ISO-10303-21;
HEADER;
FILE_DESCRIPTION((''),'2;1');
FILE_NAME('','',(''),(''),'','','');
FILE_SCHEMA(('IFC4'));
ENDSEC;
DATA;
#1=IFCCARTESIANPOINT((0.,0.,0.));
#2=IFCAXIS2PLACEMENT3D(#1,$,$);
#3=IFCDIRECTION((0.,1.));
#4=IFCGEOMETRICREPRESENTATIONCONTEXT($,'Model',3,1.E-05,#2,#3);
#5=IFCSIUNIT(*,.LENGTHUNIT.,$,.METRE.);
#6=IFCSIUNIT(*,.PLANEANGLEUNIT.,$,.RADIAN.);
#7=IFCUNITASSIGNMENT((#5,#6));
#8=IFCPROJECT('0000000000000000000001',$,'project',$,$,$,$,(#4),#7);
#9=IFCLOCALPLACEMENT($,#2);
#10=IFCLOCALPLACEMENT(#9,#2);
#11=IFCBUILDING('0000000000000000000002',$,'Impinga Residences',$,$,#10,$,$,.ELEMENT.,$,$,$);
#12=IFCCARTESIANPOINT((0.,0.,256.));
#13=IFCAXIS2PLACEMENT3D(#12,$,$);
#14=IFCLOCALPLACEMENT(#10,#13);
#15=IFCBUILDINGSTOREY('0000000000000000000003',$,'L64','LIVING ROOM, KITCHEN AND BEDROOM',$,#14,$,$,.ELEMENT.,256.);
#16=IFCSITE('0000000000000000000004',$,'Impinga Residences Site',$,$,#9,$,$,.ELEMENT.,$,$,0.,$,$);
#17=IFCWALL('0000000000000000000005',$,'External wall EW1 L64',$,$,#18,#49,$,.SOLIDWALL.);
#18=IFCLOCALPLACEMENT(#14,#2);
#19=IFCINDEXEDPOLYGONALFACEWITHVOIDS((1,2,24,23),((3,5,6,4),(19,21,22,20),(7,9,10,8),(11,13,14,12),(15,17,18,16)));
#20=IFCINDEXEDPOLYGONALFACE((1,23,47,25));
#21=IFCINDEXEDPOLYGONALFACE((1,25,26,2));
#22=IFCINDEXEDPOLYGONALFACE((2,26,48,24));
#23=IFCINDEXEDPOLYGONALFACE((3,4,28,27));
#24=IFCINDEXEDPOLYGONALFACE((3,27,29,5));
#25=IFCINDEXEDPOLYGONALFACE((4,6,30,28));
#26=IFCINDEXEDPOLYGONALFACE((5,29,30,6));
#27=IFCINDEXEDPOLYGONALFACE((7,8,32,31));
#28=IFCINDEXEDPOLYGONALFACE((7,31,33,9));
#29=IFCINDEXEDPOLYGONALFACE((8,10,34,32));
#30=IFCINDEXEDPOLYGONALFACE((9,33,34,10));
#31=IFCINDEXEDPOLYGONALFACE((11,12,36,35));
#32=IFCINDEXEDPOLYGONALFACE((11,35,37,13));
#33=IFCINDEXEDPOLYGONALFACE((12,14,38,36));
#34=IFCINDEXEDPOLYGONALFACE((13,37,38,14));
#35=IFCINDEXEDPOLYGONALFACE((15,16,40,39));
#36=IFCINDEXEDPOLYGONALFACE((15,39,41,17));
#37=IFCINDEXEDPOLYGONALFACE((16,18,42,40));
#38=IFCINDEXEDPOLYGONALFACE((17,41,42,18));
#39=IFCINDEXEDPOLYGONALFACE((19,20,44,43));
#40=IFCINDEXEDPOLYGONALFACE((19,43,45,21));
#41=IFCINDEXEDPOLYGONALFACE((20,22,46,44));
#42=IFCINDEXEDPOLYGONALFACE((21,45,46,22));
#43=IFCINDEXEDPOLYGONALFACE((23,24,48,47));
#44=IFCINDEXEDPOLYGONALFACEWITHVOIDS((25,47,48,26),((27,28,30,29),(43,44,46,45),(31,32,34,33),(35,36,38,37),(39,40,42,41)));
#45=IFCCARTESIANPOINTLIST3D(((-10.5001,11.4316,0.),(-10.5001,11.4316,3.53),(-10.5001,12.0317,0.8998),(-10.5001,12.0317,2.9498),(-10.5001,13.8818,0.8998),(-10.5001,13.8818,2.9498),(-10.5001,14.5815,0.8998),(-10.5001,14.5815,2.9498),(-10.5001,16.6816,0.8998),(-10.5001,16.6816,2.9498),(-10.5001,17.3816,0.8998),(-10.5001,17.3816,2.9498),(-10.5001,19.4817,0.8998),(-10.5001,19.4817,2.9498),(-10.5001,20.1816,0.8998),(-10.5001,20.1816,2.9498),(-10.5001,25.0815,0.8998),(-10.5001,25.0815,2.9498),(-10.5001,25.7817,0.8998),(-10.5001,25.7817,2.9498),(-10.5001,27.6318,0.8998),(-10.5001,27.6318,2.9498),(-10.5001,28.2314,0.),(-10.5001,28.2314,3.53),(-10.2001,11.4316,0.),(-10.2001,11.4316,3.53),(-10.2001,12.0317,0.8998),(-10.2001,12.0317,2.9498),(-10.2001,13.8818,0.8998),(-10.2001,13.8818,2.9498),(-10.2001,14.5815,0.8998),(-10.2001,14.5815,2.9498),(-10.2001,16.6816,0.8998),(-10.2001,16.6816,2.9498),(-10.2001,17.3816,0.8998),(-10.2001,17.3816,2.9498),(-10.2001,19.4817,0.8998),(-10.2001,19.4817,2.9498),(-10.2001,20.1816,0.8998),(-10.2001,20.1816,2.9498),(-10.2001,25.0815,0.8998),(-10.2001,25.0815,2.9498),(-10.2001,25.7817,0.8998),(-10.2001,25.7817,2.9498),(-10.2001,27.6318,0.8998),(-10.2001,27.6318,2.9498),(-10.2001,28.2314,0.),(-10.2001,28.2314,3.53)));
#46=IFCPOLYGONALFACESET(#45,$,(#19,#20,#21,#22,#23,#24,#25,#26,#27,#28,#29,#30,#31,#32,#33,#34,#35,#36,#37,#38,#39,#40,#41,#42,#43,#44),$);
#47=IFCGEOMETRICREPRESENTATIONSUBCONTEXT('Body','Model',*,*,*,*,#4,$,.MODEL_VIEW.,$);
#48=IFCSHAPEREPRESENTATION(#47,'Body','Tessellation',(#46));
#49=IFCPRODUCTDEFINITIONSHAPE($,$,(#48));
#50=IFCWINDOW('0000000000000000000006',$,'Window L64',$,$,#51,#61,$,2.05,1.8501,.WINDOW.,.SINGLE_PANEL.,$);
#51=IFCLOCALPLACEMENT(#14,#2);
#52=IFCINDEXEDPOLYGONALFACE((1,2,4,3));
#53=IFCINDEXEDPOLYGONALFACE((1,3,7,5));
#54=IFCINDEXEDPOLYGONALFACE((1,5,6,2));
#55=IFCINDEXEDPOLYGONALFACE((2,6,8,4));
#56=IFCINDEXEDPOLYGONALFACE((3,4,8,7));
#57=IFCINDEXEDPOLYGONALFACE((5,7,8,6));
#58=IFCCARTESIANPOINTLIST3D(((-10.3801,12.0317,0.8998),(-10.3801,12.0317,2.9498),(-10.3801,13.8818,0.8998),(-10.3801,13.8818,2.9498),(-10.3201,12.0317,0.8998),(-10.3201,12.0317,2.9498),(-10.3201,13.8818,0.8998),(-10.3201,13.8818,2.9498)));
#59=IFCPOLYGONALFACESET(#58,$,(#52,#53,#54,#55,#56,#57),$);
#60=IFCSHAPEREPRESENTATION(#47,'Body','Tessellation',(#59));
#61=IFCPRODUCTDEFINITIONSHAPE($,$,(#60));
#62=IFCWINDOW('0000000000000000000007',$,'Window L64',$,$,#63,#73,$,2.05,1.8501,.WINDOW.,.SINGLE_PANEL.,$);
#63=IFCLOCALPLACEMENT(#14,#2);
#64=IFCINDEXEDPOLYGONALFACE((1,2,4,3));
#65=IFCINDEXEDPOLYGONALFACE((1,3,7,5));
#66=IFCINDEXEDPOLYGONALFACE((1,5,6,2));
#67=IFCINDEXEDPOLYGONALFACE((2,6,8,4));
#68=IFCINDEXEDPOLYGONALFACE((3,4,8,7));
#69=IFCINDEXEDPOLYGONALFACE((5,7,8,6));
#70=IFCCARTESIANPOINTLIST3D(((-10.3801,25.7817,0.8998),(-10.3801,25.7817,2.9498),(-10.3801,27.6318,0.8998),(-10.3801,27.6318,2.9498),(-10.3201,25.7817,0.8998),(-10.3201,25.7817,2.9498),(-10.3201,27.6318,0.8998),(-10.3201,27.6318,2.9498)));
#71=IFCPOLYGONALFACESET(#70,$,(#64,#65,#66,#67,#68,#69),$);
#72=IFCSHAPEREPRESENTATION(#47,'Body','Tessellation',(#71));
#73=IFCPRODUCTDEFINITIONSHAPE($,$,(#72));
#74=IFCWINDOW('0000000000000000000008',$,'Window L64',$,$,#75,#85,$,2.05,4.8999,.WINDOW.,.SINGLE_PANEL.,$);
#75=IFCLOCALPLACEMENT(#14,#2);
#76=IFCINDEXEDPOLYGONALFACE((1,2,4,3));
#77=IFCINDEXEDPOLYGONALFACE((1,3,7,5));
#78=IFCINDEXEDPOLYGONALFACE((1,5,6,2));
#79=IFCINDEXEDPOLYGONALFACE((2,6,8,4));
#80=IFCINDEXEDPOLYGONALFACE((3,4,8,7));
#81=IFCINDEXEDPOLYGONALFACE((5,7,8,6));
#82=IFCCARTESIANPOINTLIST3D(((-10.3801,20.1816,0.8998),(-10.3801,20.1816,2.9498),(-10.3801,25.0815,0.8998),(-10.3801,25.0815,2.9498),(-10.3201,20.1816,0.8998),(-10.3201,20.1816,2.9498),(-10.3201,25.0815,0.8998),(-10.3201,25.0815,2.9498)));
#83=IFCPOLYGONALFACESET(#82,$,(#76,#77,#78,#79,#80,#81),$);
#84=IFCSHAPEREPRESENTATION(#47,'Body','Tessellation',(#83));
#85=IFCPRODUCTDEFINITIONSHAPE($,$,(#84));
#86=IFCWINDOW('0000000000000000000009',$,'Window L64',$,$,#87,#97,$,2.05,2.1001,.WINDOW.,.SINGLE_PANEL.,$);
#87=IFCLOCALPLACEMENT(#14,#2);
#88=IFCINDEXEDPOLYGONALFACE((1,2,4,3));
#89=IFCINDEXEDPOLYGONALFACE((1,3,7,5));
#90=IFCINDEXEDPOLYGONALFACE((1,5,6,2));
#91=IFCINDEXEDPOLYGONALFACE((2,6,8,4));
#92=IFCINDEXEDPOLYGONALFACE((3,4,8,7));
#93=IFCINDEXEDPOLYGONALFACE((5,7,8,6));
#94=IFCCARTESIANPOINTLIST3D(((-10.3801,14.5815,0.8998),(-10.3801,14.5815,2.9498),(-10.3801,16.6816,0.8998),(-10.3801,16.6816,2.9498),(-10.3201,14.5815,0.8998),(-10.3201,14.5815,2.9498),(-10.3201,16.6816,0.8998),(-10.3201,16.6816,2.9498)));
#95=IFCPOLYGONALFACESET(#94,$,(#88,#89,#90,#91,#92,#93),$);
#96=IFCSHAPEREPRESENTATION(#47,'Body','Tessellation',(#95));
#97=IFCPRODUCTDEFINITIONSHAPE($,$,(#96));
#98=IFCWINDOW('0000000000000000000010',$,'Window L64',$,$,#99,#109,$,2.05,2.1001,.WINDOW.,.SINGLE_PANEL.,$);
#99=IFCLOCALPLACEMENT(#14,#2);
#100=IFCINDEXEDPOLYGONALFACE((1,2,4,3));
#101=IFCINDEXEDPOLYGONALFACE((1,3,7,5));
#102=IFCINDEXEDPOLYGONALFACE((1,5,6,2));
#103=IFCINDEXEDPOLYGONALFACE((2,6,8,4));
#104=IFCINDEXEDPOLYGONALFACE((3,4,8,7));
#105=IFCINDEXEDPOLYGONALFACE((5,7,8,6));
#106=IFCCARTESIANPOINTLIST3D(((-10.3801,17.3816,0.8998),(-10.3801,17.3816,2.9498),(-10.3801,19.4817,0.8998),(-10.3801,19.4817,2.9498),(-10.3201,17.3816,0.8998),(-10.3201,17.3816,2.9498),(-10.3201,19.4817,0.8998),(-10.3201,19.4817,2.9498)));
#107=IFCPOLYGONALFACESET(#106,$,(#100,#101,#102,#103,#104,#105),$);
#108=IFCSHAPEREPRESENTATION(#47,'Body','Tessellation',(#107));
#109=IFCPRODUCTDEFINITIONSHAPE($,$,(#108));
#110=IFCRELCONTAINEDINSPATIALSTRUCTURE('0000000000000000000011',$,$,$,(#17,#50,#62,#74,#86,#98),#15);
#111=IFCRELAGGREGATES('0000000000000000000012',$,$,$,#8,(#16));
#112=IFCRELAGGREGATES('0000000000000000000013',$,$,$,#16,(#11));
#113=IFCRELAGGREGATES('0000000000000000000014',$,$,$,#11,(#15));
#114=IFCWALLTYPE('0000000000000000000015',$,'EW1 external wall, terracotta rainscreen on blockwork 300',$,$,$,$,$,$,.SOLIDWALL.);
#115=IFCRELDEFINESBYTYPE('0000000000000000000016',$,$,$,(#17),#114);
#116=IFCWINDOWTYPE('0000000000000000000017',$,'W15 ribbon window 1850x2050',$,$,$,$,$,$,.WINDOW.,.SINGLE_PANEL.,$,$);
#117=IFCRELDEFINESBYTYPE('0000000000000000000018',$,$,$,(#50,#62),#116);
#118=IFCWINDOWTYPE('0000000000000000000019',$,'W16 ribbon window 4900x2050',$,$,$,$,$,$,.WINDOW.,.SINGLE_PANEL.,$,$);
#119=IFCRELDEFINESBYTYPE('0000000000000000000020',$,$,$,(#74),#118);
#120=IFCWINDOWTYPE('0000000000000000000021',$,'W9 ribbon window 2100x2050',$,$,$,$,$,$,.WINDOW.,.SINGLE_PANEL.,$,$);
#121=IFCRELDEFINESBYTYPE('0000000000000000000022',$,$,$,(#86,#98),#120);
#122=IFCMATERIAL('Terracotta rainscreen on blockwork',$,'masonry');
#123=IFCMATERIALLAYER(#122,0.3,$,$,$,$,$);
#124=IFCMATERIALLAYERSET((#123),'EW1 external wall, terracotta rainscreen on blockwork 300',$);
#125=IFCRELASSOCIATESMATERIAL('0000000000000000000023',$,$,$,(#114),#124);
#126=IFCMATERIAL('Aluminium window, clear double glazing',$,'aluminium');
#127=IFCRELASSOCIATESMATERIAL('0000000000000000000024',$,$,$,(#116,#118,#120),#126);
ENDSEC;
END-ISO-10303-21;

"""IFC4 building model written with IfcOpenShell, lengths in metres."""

from ifc_helpers import new_model, si_unit, direction, frame, frame_2d, origin, place, context, subcontext, project, spatial, rectangle, extrude, material, layer, layer_set, type_object, element, fill, save


model = new_model("IFC4")

# Units and contexts
model_context = context("Model", 3, precision=1e-05, world=origin(), true_north=direction((0.0, 1.0)))
body_context = subcontext(model_context, "Body", "Model", "MODEL_VIEW")
ifc_project = project(units=[si_unit("LENGTHUNIT", "METRE"), si_unit("PLANEANGLEUNIT", "RADIAN")], contexts=[model_context])

# Site, building, storey
site_placement = place(None, origin())
site = spatial("IfcSite", under=ifc_project, at=site_placement, Name="Impinga Residences Site", CompositionType="ELEMENT", RefElevation=0.0)
building_placement = place(site_placement, origin())
building = spatial("IfcBuilding", under=site, at=building_placement, Name="Impinga Residences", CompositionType="ELEMENT")
storey_placement = place(building_placement, frame((0.0, 0.0, 256.0)))
storey = spatial("IfcBuildingStorey", under=building, at=storey_placement, Name="L64", Description="LIVING ROOM, KITCHEN AND BEDROOM", CompositionType="ELEMENT", Elevation=256.0)

# Wall, openings, windows
ifc_material_1 = material(Name="Terracotta rainscreen on blockwork", Category="masonry")
ifc_layer_1 = layer(ifc_material_1, 0.3)
ifc_layer_set_1 = layer_set([ifc_layer_1], Name="EW1 external wall, terracotta rainscreen on blockwork 300")
wall_type_1 = type_object("IfcWallType", Name="EW1 external wall, terracotta rainscreen on blockwork 300", PredefinedType="SOLIDWALL", material=ifc_layer_set_1)
wall_1_placement = place(storey_placement, frame((-10.3501, 11.4316, 0.0), z_axis=(0.0, 0.0, 1.0), x_axis=(0.0, 1.0, 0.0)))
wall_1 = element("IfcWall", 1, at=wall_1_placement, inside=storey, type_object=wall_type_1, Name="External wall EW1 L64", PredefinedType="SOLIDWALL", context=body_context, shape_type="SweptSolid", body=[
    extrude(rectangle(XDim=16.7998, YDim=0.3, at=frame_2d((8.3999, 0.0))), origin(), (0.0, 0.0, 1.0), 3.53),
])
opening_1_placement = place(wall_1_placement, frame((0.6001, 0.0, 0.8999)))
opening_1 = element("IfcOpeningElement", 2, at=opening_1_placement, cuts=wall_1, PredefinedType="OPENING", context=body_context, shape_type="SweptSolid", body=[
    extrude(rectangle(XDim=1.8501, YDim=2.05, at=frame_2d((0.925, 1.0249))), frame((0.0, 0.1599, 0.0), z_axis=(0.0, -1.0, 0.0), x_axis=(1.0, 0.0, 0.0)), (0.0, 0.0, 1.0), 0.3201),
])
opening_2_placement = place(wall_1_placement, frame((3.1499, 0.0, 0.8999)))
opening_2 = element("IfcOpeningElement", 3, at=opening_2_placement, cuts=wall_1, PredefinedType="OPENING", context=body_context, shape_type="SweptSolid", body=[
    extrude(rectangle(XDim=2.1001, YDim=2.05, at=frame_2d((1.05, 1.0249))), frame((0.0, 0.1599, 0.0), z_axis=(0.0, -1.0, 0.0), x_axis=(1.0, 0.0, 0.0)), (0.0, 0.0, 1.0), 0.3201),
])
opening_3_placement = place(wall_1_placement, frame((5.95, 0.0, 0.8999)))
opening_3 = element("IfcOpeningElement", 4, at=opening_3_placement, cuts=wall_1, PredefinedType="OPENING", context=body_context, shape_type="SweptSolid", body=[
    extrude(rectangle(XDim=2.1001, YDim=2.05, at=frame_2d((1.05, 1.0249))), frame((0.0, 0.1599, 0.0), z_axis=(0.0, -1.0, 0.0), x_axis=(1.0, 0.0, 0.0)), (0.0, 0.0, 1.0), 0.3201),
])
opening_4_placement = place(wall_1_placement, frame((8.75, 0.0, 0.8999)))
opening_4 = element("IfcOpeningElement", 5, at=opening_4_placement, cuts=wall_1, PredefinedType="OPENING", context=body_context, shape_type="SweptSolid", body=[
    extrude(rectangle(XDim=4.8999, YDim=2.05, at=frame_2d((2.45, 1.0249))), frame((0.0, 0.1599, 0.0), z_axis=(0.0, -1.0, 0.0), x_axis=(1.0, 0.0, 0.0)), (0.0, 0.0, 1.0), 0.3201),
])
opening_5_placement = place(wall_1_placement, frame((14.3501, 0.0, 0.8999)))
opening_5 = element("IfcOpeningElement", 6, at=opening_5_placement, cuts=wall_1, PredefinedType="OPENING", context=body_context, shape_type="SweptSolid", body=[
    extrude(rectangle(XDim=1.8501, YDim=2.05, at=frame_2d((0.925, 1.0249))), frame((0.0, 0.1599, 0.0), z_axis=(0.0, -1.0, 0.0), x_axis=(1.0, 0.0, 0.0)), (0.0, 0.0, 1.0), 0.3201),
])
ifc_material_2 = material(Name="Aluminium window, clear double glazing", Category="aluminium")
window_type_1 = type_object("IfcWindowType", Name="W15 ribbon window 1850x2050", PartitioningType="SINGLE_PANEL", PredefinedType="WINDOW", material=ifc_material_2)
window_1_placement = place(opening_1_placement, origin())
window_1 = element("IfcWindow", 7, at=window_1_placement, inside=storey, type_object=window_type_1, Name="Window L64", OverallHeight=2.05, OverallWidth=1.8501, PartitioningType="SINGLE_PANEL", PredefinedType="WINDOW", context=body_context, shape_type="SweptSolid", body=[
    extrude(rectangle(XDim=1.8501, YDim=2.05, at=frame_2d((0.925, 1.0249))), frame((0.0, 0.03, 0.0), z_axis=(0.0, -1.0, 0.0), x_axis=(1.0, 0.0, 0.0)), (0.0, 0.0, 1.0), 0.0601),
])
fill(opening_1, window_1)
window_2_placement = place(opening_5_placement, origin())
window_2 = element("IfcWindow", 8, at=window_2_placement, inside=storey, type_object=window_type_1, Name="Window L64", OverallHeight=2.05, OverallWidth=1.8501, PartitioningType="SINGLE_PANEL", PredefinedType="WINDOW", context=body_context, shape_type="SweptSolid", body=[
    extrude(rectangle(XDim=1.8501, YDim=2.05, at=frame_2d((0.925, 1.0249))), frame((0.0, 0.03, 0.0), z_axis=(0.0, -1.0, 0.0), x_axis=(1.0, 0.0, 0.0)), (0.0, 0.0, 1.0), 0.0601),
])
fill(opening_5, window_2)
window_type_2 = type_object("IfcWindowType", Name="W16 ribbon window 4900x2050", PartitioningType="SINGLE_PANEL", PredefinedType="WINDOW", material=ifc_material_2)
window_3_placement = place(opening_4_placement, origin())
window_3 = element("IfcWindow", 9, at=window_3_placement, inside=storey, type_object=window_type_2, Name="Window L64", OverallHeight=2.05, OverallWidth=4.8999, PartitioningType="SINGLE_PANEL", PredefinedType="WINDOW", context=body_context, shape_type="SweptSolid", body=[
    extrude(rectangle(XDim=4.8999, YDim=2.05, at=frame_2d((2.45, 1.0249))), frame((0.0, 0.03, 0.0), z_axis=(0.0, -1.0, 0.0), x_axis=(1.0, 0.0, 0.0)), (0.0, 0.0, 1.0), 0.0601),
])
fill(opening_4, window_3)
window_type_3 = type_object("IfcWindowType", Name="W9 ribbon window 2100x2050", PartitioningType="SINGLE_PANEL", PredefinedType="WINDOW", material=ifc_material_2)
window_4_placement = place(opening_2_placement, origin())
window_4 = element("IfcWindow", 10, at=window_4_placement, inside=storey, type_object=window_type_3, Name="Window L64", OverallHeight=2.05, OverallWidth=2.1001, PartitioningType="SINGLE_PANEL", PredefinedType="WINDOW", context=body_context, shape_type="SweptSolid", body=[
    extrude(rectangle(XDim=2.1001, YDim=2.05, at=frame_2d((1.05, 1.0249))), frame((0.0, 0.03, 0.0), z_axis=(0.0, -1.0, 0.0), x_axis=(1.0, 0.0, 0.0)), (0.0, 0.0, 1.0), 0.0601),
])
fill(opening_2, window_4)
window_5_placement = place(opening_3_placement, origin())
window_5 = element("IfcWindow", 11, at=window_5_placement, inside=storey, type_object=window_type_3, Name="Window L64", OverallHeight=2.05, OverallWidth=2.1001, PartitioningType="SINGLE_PANEL", PredefinedType="WINDOW", context=body_context, shape_type="SweptSolid", body=[
    extrude(rectangle(XDim=2.1001, YDim=2.05, at=frame_2d((1.05, 1.0249))), frame((0.0, 0.03, 0.0), z_axis=(0.0, -1.0, 0.0), x_axis=(1.0, 0.0, 0.0)), (0.0, 0.0, 1.0), 0.0601),
])
fill(opening_3, window_5)

save(model, "model.ifc")
